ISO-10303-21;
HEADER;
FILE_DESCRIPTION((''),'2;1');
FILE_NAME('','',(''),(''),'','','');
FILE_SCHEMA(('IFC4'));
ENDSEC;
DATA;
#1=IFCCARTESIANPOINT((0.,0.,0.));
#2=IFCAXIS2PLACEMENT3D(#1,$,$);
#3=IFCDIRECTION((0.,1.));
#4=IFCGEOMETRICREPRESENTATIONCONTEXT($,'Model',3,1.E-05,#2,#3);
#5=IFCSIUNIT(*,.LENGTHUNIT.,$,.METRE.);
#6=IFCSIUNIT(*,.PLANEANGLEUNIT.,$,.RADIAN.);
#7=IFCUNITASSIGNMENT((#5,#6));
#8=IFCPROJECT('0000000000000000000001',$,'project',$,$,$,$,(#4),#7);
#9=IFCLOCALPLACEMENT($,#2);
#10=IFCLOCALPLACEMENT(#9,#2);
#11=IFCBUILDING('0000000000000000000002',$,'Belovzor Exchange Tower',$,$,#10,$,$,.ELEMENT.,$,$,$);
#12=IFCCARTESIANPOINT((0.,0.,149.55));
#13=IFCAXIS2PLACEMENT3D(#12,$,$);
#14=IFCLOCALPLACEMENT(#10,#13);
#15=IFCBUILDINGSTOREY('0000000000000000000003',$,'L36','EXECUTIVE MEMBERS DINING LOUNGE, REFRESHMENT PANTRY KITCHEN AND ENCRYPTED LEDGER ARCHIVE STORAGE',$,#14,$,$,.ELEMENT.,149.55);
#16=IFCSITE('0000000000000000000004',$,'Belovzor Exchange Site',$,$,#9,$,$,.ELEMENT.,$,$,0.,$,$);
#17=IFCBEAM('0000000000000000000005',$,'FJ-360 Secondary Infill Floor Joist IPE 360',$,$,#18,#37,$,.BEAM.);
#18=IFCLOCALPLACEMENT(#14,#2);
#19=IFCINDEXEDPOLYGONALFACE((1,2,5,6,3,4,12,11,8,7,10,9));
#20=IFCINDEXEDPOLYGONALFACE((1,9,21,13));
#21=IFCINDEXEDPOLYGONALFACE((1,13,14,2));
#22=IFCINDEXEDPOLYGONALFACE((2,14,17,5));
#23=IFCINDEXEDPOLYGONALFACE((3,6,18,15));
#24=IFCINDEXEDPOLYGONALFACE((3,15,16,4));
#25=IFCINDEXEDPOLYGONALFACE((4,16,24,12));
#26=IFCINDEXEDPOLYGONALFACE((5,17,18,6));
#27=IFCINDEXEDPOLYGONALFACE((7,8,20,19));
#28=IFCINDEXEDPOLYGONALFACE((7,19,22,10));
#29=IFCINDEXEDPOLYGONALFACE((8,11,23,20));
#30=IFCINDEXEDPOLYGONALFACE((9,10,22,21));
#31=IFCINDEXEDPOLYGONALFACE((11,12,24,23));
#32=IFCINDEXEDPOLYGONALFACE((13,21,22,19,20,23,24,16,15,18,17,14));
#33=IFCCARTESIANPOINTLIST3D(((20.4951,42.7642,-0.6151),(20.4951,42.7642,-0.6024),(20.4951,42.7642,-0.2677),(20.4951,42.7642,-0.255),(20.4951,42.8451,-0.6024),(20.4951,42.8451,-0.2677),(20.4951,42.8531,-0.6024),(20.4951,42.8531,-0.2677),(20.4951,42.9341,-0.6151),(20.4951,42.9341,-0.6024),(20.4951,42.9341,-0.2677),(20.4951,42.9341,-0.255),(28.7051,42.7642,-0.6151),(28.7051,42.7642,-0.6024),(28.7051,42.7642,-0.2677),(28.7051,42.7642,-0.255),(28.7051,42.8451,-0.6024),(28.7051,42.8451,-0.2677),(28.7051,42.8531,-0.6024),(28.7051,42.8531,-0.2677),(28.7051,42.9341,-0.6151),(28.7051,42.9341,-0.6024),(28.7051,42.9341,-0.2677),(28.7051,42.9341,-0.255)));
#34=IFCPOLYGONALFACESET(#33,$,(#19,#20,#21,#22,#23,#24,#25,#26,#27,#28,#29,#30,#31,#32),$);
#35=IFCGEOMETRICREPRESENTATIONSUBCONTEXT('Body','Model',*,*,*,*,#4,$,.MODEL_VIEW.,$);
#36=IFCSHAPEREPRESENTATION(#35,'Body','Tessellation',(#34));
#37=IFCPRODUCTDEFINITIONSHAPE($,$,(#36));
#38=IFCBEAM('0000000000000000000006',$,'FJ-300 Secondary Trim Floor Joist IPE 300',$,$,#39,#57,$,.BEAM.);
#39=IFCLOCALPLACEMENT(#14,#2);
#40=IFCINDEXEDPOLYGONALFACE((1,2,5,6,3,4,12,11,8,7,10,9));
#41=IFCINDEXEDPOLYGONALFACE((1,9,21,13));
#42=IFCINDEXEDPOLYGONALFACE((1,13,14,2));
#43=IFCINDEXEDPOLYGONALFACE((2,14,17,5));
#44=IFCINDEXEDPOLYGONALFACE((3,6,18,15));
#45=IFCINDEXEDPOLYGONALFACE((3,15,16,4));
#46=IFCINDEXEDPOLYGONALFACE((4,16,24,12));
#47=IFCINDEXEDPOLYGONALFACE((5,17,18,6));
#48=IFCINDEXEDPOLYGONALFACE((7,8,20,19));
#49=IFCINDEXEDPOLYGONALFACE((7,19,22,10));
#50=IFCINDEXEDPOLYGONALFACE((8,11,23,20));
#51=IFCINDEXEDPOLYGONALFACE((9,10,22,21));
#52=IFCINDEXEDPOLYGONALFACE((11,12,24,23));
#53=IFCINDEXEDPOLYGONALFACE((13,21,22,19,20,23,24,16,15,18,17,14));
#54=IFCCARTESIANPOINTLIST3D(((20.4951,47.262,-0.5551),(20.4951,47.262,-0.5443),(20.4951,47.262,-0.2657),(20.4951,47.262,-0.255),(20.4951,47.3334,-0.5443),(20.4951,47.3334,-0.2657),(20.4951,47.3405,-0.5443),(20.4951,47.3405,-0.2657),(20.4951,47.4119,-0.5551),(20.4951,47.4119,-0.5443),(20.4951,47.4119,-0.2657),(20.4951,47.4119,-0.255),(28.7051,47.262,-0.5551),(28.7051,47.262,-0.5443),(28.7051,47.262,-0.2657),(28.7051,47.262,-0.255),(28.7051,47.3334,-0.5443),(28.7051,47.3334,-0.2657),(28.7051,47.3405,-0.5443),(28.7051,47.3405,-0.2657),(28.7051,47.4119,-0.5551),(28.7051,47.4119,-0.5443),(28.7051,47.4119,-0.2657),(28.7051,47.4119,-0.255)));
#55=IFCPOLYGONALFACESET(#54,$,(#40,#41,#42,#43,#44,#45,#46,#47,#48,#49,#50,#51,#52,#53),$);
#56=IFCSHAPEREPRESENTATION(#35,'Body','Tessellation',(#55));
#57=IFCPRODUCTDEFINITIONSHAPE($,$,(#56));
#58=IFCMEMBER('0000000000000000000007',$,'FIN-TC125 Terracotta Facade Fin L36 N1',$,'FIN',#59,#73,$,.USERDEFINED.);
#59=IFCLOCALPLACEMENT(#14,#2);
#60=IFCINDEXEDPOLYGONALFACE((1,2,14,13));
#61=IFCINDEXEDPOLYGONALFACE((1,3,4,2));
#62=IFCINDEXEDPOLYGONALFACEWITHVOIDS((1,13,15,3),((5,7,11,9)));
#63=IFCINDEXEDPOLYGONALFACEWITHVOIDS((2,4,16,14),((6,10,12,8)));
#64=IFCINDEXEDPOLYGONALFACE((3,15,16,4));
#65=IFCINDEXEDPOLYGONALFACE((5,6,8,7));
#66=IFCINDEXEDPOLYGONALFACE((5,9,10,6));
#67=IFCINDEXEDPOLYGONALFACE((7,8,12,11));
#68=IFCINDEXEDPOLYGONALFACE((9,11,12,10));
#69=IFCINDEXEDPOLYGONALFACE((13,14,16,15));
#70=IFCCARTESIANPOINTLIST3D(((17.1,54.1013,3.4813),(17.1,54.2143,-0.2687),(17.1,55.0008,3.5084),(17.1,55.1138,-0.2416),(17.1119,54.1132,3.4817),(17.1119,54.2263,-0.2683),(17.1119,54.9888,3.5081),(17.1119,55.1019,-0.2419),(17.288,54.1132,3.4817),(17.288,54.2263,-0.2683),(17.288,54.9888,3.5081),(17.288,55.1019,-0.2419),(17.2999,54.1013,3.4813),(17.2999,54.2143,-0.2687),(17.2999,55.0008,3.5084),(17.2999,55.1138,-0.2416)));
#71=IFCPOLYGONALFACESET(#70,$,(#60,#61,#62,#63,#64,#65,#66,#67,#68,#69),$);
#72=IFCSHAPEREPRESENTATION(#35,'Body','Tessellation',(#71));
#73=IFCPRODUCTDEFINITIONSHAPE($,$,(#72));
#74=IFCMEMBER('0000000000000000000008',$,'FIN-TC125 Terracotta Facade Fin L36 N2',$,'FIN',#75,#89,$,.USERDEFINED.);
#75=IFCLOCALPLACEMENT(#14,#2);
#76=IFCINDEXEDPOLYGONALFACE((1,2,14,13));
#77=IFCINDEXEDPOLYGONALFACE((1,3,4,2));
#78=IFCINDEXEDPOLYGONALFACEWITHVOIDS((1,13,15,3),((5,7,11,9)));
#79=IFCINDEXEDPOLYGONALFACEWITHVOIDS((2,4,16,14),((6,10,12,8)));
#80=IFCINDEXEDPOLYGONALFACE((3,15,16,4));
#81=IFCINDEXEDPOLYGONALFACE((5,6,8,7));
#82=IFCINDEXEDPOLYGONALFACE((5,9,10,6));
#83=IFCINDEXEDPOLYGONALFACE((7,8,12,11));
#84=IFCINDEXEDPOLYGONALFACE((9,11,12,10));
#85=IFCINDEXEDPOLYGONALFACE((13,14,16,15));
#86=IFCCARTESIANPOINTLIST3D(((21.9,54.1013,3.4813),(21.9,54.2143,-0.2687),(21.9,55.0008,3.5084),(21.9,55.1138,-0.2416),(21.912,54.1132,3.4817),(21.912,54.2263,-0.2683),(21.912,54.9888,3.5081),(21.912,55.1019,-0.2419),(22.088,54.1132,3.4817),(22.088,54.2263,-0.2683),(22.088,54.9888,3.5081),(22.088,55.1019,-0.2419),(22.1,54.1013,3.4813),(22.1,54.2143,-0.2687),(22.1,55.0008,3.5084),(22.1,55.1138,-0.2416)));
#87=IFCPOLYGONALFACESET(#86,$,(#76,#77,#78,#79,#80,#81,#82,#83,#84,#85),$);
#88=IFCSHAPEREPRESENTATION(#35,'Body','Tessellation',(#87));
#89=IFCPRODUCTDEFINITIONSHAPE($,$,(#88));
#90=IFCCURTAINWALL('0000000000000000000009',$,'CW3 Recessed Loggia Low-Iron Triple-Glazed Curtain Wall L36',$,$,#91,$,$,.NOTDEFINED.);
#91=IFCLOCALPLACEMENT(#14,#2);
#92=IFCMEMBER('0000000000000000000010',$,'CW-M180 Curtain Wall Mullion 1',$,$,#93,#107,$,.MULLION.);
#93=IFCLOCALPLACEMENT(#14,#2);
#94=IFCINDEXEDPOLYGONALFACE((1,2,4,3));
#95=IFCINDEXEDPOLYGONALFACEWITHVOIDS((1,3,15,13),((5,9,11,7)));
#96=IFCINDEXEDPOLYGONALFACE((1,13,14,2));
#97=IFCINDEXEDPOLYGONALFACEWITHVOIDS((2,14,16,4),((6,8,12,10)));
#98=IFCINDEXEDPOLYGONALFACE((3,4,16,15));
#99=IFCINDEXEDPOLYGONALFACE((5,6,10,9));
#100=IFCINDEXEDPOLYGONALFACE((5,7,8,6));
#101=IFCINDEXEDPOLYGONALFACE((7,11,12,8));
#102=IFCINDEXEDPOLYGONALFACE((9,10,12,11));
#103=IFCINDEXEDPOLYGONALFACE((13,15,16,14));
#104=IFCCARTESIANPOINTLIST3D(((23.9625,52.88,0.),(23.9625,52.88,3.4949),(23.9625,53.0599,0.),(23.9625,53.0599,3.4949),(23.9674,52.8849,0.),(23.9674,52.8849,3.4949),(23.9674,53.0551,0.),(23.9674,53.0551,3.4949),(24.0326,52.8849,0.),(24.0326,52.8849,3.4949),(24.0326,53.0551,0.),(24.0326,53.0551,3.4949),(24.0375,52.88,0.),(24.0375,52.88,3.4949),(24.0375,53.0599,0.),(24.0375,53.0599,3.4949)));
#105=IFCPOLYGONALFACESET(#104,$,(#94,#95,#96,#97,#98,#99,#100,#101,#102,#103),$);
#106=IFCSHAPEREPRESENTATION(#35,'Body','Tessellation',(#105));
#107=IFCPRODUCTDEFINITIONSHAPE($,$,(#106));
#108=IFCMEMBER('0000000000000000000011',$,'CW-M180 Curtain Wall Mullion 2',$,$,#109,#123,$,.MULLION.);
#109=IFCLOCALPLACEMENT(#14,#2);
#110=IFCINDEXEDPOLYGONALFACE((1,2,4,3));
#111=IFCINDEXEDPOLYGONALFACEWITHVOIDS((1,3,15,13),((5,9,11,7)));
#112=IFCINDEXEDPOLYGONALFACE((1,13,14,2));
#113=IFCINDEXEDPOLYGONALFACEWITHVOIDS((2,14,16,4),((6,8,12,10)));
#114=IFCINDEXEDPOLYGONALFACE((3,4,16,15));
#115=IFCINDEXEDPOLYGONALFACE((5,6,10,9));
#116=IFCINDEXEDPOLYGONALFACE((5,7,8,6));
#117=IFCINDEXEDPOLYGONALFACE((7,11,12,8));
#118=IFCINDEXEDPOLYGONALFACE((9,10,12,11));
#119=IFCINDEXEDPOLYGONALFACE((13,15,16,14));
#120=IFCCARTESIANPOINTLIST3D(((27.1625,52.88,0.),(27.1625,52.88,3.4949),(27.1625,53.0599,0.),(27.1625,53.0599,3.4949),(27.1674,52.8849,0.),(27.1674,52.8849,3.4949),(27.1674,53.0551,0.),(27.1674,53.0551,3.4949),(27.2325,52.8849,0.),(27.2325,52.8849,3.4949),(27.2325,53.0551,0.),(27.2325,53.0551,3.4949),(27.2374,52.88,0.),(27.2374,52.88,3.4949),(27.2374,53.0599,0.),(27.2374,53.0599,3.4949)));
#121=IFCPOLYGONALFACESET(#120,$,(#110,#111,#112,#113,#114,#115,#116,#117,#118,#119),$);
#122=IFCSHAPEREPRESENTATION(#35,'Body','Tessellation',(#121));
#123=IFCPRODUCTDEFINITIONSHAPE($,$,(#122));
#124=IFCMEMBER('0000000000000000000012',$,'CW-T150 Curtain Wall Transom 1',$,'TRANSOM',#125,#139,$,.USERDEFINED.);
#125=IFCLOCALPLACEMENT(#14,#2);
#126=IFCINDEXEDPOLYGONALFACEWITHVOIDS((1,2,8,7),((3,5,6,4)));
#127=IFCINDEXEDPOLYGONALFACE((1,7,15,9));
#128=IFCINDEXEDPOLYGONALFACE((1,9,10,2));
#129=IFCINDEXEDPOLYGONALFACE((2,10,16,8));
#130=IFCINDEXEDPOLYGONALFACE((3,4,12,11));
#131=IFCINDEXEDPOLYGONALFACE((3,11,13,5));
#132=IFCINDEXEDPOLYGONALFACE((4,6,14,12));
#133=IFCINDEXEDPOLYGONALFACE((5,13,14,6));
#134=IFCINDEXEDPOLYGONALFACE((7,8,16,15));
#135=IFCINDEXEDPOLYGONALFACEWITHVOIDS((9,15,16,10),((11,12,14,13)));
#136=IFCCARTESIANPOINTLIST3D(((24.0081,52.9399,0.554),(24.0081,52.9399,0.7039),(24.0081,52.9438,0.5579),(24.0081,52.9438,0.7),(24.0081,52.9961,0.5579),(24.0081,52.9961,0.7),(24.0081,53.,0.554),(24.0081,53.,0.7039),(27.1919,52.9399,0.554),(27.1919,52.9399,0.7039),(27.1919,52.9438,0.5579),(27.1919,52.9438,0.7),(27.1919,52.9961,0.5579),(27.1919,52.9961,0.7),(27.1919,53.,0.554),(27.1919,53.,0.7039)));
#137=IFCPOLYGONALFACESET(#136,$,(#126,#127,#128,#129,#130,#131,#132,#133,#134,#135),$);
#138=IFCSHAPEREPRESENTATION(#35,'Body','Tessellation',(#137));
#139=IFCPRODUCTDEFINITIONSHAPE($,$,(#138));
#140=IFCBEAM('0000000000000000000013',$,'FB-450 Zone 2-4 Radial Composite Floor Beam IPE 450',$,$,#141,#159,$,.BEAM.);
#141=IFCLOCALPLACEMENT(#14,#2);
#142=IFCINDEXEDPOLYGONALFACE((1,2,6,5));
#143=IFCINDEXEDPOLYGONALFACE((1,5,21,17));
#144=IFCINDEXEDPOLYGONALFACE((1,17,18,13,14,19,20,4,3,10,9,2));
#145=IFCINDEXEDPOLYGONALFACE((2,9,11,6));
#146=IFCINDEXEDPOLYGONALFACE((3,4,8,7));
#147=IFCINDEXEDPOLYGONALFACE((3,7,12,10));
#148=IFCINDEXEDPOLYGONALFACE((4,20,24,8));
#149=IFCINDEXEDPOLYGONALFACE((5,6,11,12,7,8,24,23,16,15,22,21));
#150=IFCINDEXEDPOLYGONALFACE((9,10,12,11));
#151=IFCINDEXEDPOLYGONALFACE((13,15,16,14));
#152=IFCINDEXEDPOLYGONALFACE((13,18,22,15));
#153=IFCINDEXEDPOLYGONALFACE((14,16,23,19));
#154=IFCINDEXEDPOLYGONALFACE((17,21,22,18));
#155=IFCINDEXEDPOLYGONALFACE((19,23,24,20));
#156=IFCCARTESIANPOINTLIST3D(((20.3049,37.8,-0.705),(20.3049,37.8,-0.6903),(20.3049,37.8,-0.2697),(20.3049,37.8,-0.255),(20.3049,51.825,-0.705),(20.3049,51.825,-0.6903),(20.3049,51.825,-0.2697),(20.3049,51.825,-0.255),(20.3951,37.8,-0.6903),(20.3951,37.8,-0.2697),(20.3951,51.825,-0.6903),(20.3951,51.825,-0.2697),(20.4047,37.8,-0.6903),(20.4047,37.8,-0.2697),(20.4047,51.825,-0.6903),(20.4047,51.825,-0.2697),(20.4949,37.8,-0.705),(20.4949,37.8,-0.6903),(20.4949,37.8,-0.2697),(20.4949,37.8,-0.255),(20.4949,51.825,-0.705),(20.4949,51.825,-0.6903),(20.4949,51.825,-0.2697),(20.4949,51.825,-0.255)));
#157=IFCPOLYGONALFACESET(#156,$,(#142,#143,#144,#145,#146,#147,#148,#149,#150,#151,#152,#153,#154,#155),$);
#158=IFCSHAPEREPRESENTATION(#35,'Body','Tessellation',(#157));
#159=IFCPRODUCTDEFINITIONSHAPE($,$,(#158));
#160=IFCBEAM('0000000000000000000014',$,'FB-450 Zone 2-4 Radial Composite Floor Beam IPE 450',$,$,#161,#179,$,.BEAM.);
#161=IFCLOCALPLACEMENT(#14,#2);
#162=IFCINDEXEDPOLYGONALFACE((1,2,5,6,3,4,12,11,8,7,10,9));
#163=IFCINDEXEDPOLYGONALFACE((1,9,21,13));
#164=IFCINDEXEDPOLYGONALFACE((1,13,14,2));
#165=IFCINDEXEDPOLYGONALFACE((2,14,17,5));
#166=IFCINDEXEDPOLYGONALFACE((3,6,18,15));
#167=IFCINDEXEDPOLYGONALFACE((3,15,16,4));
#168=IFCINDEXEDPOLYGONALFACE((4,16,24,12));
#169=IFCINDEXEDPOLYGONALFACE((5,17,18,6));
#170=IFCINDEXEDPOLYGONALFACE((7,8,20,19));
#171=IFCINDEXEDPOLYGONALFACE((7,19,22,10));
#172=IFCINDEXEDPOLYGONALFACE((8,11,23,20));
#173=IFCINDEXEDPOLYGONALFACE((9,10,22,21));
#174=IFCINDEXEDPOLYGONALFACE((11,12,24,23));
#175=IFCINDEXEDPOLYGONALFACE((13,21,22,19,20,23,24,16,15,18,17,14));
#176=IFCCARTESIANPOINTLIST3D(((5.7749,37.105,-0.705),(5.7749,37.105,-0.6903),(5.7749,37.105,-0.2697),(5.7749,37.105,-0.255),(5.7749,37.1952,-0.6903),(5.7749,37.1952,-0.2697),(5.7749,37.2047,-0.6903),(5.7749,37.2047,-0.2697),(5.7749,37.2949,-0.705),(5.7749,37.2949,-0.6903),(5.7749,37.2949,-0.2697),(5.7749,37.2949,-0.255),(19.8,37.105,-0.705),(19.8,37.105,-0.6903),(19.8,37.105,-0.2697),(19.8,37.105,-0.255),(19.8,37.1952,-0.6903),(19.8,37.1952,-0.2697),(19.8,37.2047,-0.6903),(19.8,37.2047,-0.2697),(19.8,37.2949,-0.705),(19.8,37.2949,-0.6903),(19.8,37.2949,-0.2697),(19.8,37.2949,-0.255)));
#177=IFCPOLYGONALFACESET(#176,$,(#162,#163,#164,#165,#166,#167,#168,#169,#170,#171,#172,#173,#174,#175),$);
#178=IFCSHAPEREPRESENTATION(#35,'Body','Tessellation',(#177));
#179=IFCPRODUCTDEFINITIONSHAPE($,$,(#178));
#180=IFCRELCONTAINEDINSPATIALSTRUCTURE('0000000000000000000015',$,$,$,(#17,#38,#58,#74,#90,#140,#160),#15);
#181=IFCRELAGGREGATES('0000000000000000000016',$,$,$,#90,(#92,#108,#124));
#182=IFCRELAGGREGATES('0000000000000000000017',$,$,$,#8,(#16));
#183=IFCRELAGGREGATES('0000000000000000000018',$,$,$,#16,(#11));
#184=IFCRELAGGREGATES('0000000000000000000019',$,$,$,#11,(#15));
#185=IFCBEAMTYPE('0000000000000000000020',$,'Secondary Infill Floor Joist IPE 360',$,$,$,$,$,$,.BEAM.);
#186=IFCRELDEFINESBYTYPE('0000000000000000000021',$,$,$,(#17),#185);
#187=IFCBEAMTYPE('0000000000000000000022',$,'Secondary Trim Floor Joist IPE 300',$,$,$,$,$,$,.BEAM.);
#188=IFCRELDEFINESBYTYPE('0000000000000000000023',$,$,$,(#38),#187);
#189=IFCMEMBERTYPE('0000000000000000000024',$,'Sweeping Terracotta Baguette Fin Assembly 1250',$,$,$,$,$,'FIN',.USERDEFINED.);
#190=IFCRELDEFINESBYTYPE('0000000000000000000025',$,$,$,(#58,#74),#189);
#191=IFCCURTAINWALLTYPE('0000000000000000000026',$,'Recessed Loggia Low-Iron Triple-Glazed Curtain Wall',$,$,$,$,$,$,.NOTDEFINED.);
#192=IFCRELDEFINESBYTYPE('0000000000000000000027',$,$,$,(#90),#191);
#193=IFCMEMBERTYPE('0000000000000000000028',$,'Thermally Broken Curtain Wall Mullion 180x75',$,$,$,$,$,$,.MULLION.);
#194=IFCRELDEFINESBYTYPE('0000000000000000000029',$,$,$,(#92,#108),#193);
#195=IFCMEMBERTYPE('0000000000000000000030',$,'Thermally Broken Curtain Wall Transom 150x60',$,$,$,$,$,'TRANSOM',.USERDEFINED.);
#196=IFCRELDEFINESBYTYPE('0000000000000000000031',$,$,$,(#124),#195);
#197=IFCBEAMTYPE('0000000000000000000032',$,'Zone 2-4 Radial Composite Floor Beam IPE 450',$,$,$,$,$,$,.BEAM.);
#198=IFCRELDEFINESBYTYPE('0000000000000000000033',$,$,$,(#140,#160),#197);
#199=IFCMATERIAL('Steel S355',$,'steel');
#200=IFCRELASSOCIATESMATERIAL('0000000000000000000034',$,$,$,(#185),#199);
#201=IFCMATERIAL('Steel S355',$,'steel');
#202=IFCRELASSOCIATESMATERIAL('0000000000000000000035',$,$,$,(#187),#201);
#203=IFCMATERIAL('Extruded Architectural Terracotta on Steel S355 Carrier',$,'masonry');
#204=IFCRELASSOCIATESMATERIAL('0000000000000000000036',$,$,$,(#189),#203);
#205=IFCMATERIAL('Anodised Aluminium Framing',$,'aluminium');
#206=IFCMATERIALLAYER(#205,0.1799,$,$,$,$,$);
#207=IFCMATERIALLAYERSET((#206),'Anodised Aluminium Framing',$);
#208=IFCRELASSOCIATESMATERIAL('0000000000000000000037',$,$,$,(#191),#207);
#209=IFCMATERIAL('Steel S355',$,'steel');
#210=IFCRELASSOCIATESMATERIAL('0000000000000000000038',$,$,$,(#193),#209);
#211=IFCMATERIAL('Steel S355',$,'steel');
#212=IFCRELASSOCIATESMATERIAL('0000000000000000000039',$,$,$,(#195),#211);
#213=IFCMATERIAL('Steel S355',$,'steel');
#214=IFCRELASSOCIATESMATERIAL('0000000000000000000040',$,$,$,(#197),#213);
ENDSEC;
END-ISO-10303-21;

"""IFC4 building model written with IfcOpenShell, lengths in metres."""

from ifc_helpers import new_model, si_unit, direction, frame, origin, origin_2d, place, context, subcontext, project, spatial, hollow_rectangle, i_section, extrude, material, layer, layer_set, material_profile, profile_set, type_object, element, aggregate, save


model = new_model("IFC4")

# Units and contexts
model_context = context("Model", 3, precision=1e-05, world=origin(), true_north=direction((0.0, 1.0)))
body_context = subcontext(model_context, "Body", "Model", "MODEL_VIEW")
ifc_project = project(units=[si_unit("LENGTHUNIT", "METRE"), si_unit("PLANEANGLEUNIT", "RADIAN")], contexts=[model_context])

# Site, building, storey
site_placement = place(None, origin())
site = spatial("IfcSite", under=ifc_project, at=site_placement, Name="Belovzor Exchange Site", CompositionType="ELEMENT", RefElevation=0.0)
building_placement = place(site_placement, origin())
building = spatial("IfcBuilding", under=site, at=building_placement, Name="Belovzor Exchange Tower", CompositionType="ELEMENT")
storey_placement = place(building_placement, frame((0.0, 0.0, 149.55)))
storey = spatial("IfcBuildingStorey", under=building, at=storey_placement, Name="L36", Description="EXECUTIVE MEMBERS DINING LOUNGE, REFRESHMENT PANTRY KITCHEN AND ENCRYPTED LEDGER ARCHIVE STORAGE", CompositionType="ELEMENT", Elevation=149.55)

# Beams
ifc_material_1 = material(Name="Steel S355", Category="steel")
ifc_material_profile_1 = material_profile(ifc_material_1, i_section(OverallWidth=0.1699, OverallDepth=0.3601, WebThickness=0.0081, FlangeThickness=0.0127, at=origin_2d()))
ifc_profile_set_1 = profile_set([ifc_material_profile_1], Name="Steel S355")
beam_type_1 = type_object("IfcBeamType", Name="Secondary Infill Floor Joist IPE 360", PredefinedType="BEAM", material=ifc_profile_set_1)
beam_1_placement = place(storey_placement, frame((20.4951, 42.8491, -0.4351), z_axis=(1.0, 0.0, 0.0), x_axis=(0.0, 1.0, 0.0)))
element("IfcBeam", 1, at=beam_1_placement, inside=storey, type_object=beam_type_1, Name="FJ-360 Secondary Infill Floor Joist IPE 360", PredefinedType="BEAM", context=body_context, shape_type="SweptSolid", body=[
    extrude(i_section(OverallWidth=0.1699, OverallDepth=0.3601, WebThickness=0.0081, FlangeThickness=0.0127, at=origin_2d()), origin(), (0.0, 0.0, 1.0), 8.21),
])
ifc_material_2 = material(Name="Steel S355", Category="steel")
ifc_material_profile_2 = material_profile(ifc_material_2, i_section(OverallWidth=0.1499, OverallDepth=0.3, WebThickness=0.0071, FlangeThickness=0.0107, at=origin_2d()))
ifc_profile_set_2 = profile_set([ifc_material_profile_2], Name="Steel S355")
beam_type_2 = type_object("IfcBeamType", Name="Secondary Trim Floor Joist IPE 300", PredefinedType="BEAM", material=ifc_profile_set_2)
beam_2_placement = place(storey_placement, frame((20.4951, 47.3369, -0.405), z_axis=(1.0, 0.0, 0.0), x_axis=(0.0, 1.0, 0.0)))
element("IfcBeam", 2, at=beam_2_placement, inside=storey, type_object=beam_type_2, Name="FJ-300 Secondary Trim Floor Joist IPE 300", PredefinedType="BEAM", context=body_context, shape_type="SweptSolid", body=[
    extrude(i_section(OverallWidth=0.1499, OverallDepth=0.3, WebThickness=0.0071, FlangeThickness=0.0107, at=origin_2d()), origin(), (0.0, 0.0, 1.0), 8.21),
])

# Members
ifc_material_3 = material(Name="Extruded Architectural Terracotta on Steel S355 Carrier", Category="masonry")
ifc_material_profile_3 = material_profile(ifc_material_3, hollow_rectangle(XDim=0.2, YDim=0.8999, WallThickness=0.012, at=origin_2d()))
ifc_profile_set_3 = profile_set([ifc_material_profile_3], Name="Extruded Architectural Terracotta on Steel S355 Carrier")
member_type_1 = type_object("IfcMemberType", Name="Sweeping Terracotta Baguette Fin Assembly 1250", ElementType="FIN", PredefinedType="USERDEFINED", material=ifc_profile_set_3)
for number, where, z_axis, x_axis, name in (
    (3, (17.2, 54.6641, -0.2551), (0.0, -0.03013, 0.999546), (1.0, 0.0, 0.0), "FIN-TC125 Terracotta Facade Fin L36 N1"),
    (4, (22.0, 54.6641, -0.2551), (0.0, -0.03013, 0.999546), (1.0, 0.0, 0.0), "FIN-TC125 Terracotta Facade Fin L36 N2"),
):
    element("IfcMember", number, at=place(storey_placement, frame(where, z_axis=z_axis, x_axis=x_axis)), inside=storey, type_object=member_type_1, Name=name, ObjectType="FIN", PredefinedType="USERDEFINED", context=body_context, shape_type="SweptSolid", body=[
        extrude(hollow_rectangle(XDim=0.2, YDim=0.8999, WallThickness=0.012, at=origin_2d()), origin(), (0.0, 0.0, 1.0), 3.7517),
    ])

# Curtain wall, members
ifc_material_4 = material(Name="Anodised Aluminium Framing", Category="aluminium")
ifc_layer_1 = layer(ifc_material_4, 0.1799)
ifc_layer_set_1 = layer_set([ifc_layer_1], Name="Anodised Aluminium Framing")
curtain_wall_type = type_object("IfcCurtainWallType", Name="Recessed Loggia Low-Iron Triple-Glazed Curtain Wall", PredefinedType="NOTDEFINED", material=ifc_layer_set_1)
curtain_wall_placement = place(storey_placement, origin())
curtain_wall = element("IfcCurtainWall", 5, at=curtain_wall_placement, inside=storey, type_object=curtain_wall_type, Name="CW3 Recessed Loggia Low-Iron Triple-Glazed Curtain Wall L36", PredefinedType="NOTDEFINED")
ifc_material_5 = material(Name="Steel S355", Category="steel")
ifc_material_profile_4 = material_profile(ifc_material_5, hollow_rectangle(XDim=0.075, YDim=0.1799, WallThickness=0.0049, at=origin_2d()))
ifc_profile_set_4 = profile_set([ifc_material_profile_4], Name="Steel S355")
member_type_2 = type_object("IfcMemberType", Name="Thermally Broken Curtain Wall Mullion 180x75", PredefinedType="MULLION", material=ifc_profile_set_4)
member_1_placement = place(storey_placement, frame((24.0, 52.97, 0.0), z_axis=(0.0, 0.0, 1.0), x_axis=(1.0, 0.0, 0.0)))
member_1 = element("IfcMember", 6, at=member_1_placement, type_object=member_type_2, Name="CW-M180 Curtain Wall Mullion 1", PredefinedType="MULLION", context=body_context, shape_type="SweptSolid", body=[
    extrude(hollow_rectangle(XDim=0.075, YDim=0.1799, WallThickness=0.0049, at=origin_2d()), origin(), (0.0, 0.0, 1.0), 3.4949),
])
member_2_placement = place(storey_placement, frame((27.2, 52.97, 0.0), z_axis=(0.0, 0.0, 1.0), x_axis=(1.0, 0.0, 0.0)))
member_2 = element("IfcMember", 7, at=member_2_placement, type_object=member_type_2, Name="CW-M180 Curtain Wall Mullion 2", PredefinedType="MULLION", context=body_context, shape_type="SweptSolid", body=[
    extrude(hollow_rectangle(XDim=0.075, YDim=0.1799, WallThickness=0.0049, at=origin_2d()), origin(), (0.0, 0.0, 1.0), 3.4949),
])
ifc_material_6 = material(Name="Steel S355", Category="steel")
ifc_material_profile_5 = material_profile(ifc_material_6, hollow_rectangle(XDim=0.0601, YDim=0.1499, WallThickness=0.0039, at=origin_2d()))
ifc_profile_set_5 = profile_set([ifc_material_profile_5], Name="Steel S355")
member_type_3 = type_object("IfcMemberType", Name="Thermally Broken Curtain Wall Transom 150x60", ElementType="TRANSOM", PredefinedType="USERDEFINED", material=ifc_profile_set_5)
member_3_placement = place(storey_placement, frame((24.0081, 52.97, 0.6289), z_axis=(1.0, 0.0, 0.0), x_axis=(0.0, 1.0, 0.0)))
member_3 = element("IfcMember", 8, at=member_3_placement, type_object=member_type_3, Name="CW-T150 Curtain Wall Transom 1", ObjectType="TRANSOM", PredefinedType="USERDEFINED", context=body_context, shape_type="SweptSolid", body=[
    extrude(hollow_rectangle(XDim=0.0601, YDim=0.1499, WallThickness=0.0039, at=origin_2d()), origin(), (0.0, 0.0, 1.0), 3.1838),
])

# Beams
ifc_material_7 = material(Name="Steel S355", Category="steel")
ifc_material_profile_6 = material_profile(ifc_material_7, i_section(OverallWidth=0.1899, OverallDepth=0.45, WebThickness=0.0095, FlangeThickness=0.0146, at=origin_2d()))
ifc_profile_set_6 = profile_set([ifc_material_profile_6], Name="Steel S355")
beam_type_3 = type_object("IfcBeamType", Name="Zone 2-4 Radial Composite Floor Beam IPE 450", PredefinedType="BEAM", material=ifc_profile_set_6)
beam_3_placement = place(storey_placement, frame((20.3999, 37.8, -0.48), z_axis=(0.0, 1.0, 0.0), x_axis=(-1.0, 0.0, 0.0)))
element("IfcBeam", 9, at=beam_3_placement, inside=storey, type_object=beam_type_3, Name="FB-450 Zone 2-4 Radial Composite Floor Beam IPE 450", PredefinedType="BEAM", context=body_context, shape_type="SweptSolid", body=[
    extrude(i_section(OverallWidth=0.1899, OverallDepth=0.45, WebThickness=0.0095, FlangeThickness=0.0146, at=origin_2d()), origin(), (0.0, 0.0, 1.0), 14.0249),
])
beam_4_placement = place(storey_placement, frame((19.8, 37.2, -0.48), z_axis=(-1.0, 0.0, 0.0), x_axis=(0.0, -1.0, 0.0)))
element("IfcBeam", 10, at=beam_4_placement, inside=storey, type_object=beam_type_3, Name="FB-450 Zone 2-4 Radial Composite Floor Beam IPE 450", PredefinedType="BEAM", context=body_context, shape_type="SweptSolid", body=[
    extrude(i_section(OverallWidth=0.1899, OverallDepth=0.45, WebThickness=0.0095, FlangeThickness=0.0146, at=origin_2d()), origin(), (0.0, 0.0, 1.0), 14.0251),
])

aggregate(curtain_wall, [member_1, member_2, member_3])

save(model, "model.ifc")
